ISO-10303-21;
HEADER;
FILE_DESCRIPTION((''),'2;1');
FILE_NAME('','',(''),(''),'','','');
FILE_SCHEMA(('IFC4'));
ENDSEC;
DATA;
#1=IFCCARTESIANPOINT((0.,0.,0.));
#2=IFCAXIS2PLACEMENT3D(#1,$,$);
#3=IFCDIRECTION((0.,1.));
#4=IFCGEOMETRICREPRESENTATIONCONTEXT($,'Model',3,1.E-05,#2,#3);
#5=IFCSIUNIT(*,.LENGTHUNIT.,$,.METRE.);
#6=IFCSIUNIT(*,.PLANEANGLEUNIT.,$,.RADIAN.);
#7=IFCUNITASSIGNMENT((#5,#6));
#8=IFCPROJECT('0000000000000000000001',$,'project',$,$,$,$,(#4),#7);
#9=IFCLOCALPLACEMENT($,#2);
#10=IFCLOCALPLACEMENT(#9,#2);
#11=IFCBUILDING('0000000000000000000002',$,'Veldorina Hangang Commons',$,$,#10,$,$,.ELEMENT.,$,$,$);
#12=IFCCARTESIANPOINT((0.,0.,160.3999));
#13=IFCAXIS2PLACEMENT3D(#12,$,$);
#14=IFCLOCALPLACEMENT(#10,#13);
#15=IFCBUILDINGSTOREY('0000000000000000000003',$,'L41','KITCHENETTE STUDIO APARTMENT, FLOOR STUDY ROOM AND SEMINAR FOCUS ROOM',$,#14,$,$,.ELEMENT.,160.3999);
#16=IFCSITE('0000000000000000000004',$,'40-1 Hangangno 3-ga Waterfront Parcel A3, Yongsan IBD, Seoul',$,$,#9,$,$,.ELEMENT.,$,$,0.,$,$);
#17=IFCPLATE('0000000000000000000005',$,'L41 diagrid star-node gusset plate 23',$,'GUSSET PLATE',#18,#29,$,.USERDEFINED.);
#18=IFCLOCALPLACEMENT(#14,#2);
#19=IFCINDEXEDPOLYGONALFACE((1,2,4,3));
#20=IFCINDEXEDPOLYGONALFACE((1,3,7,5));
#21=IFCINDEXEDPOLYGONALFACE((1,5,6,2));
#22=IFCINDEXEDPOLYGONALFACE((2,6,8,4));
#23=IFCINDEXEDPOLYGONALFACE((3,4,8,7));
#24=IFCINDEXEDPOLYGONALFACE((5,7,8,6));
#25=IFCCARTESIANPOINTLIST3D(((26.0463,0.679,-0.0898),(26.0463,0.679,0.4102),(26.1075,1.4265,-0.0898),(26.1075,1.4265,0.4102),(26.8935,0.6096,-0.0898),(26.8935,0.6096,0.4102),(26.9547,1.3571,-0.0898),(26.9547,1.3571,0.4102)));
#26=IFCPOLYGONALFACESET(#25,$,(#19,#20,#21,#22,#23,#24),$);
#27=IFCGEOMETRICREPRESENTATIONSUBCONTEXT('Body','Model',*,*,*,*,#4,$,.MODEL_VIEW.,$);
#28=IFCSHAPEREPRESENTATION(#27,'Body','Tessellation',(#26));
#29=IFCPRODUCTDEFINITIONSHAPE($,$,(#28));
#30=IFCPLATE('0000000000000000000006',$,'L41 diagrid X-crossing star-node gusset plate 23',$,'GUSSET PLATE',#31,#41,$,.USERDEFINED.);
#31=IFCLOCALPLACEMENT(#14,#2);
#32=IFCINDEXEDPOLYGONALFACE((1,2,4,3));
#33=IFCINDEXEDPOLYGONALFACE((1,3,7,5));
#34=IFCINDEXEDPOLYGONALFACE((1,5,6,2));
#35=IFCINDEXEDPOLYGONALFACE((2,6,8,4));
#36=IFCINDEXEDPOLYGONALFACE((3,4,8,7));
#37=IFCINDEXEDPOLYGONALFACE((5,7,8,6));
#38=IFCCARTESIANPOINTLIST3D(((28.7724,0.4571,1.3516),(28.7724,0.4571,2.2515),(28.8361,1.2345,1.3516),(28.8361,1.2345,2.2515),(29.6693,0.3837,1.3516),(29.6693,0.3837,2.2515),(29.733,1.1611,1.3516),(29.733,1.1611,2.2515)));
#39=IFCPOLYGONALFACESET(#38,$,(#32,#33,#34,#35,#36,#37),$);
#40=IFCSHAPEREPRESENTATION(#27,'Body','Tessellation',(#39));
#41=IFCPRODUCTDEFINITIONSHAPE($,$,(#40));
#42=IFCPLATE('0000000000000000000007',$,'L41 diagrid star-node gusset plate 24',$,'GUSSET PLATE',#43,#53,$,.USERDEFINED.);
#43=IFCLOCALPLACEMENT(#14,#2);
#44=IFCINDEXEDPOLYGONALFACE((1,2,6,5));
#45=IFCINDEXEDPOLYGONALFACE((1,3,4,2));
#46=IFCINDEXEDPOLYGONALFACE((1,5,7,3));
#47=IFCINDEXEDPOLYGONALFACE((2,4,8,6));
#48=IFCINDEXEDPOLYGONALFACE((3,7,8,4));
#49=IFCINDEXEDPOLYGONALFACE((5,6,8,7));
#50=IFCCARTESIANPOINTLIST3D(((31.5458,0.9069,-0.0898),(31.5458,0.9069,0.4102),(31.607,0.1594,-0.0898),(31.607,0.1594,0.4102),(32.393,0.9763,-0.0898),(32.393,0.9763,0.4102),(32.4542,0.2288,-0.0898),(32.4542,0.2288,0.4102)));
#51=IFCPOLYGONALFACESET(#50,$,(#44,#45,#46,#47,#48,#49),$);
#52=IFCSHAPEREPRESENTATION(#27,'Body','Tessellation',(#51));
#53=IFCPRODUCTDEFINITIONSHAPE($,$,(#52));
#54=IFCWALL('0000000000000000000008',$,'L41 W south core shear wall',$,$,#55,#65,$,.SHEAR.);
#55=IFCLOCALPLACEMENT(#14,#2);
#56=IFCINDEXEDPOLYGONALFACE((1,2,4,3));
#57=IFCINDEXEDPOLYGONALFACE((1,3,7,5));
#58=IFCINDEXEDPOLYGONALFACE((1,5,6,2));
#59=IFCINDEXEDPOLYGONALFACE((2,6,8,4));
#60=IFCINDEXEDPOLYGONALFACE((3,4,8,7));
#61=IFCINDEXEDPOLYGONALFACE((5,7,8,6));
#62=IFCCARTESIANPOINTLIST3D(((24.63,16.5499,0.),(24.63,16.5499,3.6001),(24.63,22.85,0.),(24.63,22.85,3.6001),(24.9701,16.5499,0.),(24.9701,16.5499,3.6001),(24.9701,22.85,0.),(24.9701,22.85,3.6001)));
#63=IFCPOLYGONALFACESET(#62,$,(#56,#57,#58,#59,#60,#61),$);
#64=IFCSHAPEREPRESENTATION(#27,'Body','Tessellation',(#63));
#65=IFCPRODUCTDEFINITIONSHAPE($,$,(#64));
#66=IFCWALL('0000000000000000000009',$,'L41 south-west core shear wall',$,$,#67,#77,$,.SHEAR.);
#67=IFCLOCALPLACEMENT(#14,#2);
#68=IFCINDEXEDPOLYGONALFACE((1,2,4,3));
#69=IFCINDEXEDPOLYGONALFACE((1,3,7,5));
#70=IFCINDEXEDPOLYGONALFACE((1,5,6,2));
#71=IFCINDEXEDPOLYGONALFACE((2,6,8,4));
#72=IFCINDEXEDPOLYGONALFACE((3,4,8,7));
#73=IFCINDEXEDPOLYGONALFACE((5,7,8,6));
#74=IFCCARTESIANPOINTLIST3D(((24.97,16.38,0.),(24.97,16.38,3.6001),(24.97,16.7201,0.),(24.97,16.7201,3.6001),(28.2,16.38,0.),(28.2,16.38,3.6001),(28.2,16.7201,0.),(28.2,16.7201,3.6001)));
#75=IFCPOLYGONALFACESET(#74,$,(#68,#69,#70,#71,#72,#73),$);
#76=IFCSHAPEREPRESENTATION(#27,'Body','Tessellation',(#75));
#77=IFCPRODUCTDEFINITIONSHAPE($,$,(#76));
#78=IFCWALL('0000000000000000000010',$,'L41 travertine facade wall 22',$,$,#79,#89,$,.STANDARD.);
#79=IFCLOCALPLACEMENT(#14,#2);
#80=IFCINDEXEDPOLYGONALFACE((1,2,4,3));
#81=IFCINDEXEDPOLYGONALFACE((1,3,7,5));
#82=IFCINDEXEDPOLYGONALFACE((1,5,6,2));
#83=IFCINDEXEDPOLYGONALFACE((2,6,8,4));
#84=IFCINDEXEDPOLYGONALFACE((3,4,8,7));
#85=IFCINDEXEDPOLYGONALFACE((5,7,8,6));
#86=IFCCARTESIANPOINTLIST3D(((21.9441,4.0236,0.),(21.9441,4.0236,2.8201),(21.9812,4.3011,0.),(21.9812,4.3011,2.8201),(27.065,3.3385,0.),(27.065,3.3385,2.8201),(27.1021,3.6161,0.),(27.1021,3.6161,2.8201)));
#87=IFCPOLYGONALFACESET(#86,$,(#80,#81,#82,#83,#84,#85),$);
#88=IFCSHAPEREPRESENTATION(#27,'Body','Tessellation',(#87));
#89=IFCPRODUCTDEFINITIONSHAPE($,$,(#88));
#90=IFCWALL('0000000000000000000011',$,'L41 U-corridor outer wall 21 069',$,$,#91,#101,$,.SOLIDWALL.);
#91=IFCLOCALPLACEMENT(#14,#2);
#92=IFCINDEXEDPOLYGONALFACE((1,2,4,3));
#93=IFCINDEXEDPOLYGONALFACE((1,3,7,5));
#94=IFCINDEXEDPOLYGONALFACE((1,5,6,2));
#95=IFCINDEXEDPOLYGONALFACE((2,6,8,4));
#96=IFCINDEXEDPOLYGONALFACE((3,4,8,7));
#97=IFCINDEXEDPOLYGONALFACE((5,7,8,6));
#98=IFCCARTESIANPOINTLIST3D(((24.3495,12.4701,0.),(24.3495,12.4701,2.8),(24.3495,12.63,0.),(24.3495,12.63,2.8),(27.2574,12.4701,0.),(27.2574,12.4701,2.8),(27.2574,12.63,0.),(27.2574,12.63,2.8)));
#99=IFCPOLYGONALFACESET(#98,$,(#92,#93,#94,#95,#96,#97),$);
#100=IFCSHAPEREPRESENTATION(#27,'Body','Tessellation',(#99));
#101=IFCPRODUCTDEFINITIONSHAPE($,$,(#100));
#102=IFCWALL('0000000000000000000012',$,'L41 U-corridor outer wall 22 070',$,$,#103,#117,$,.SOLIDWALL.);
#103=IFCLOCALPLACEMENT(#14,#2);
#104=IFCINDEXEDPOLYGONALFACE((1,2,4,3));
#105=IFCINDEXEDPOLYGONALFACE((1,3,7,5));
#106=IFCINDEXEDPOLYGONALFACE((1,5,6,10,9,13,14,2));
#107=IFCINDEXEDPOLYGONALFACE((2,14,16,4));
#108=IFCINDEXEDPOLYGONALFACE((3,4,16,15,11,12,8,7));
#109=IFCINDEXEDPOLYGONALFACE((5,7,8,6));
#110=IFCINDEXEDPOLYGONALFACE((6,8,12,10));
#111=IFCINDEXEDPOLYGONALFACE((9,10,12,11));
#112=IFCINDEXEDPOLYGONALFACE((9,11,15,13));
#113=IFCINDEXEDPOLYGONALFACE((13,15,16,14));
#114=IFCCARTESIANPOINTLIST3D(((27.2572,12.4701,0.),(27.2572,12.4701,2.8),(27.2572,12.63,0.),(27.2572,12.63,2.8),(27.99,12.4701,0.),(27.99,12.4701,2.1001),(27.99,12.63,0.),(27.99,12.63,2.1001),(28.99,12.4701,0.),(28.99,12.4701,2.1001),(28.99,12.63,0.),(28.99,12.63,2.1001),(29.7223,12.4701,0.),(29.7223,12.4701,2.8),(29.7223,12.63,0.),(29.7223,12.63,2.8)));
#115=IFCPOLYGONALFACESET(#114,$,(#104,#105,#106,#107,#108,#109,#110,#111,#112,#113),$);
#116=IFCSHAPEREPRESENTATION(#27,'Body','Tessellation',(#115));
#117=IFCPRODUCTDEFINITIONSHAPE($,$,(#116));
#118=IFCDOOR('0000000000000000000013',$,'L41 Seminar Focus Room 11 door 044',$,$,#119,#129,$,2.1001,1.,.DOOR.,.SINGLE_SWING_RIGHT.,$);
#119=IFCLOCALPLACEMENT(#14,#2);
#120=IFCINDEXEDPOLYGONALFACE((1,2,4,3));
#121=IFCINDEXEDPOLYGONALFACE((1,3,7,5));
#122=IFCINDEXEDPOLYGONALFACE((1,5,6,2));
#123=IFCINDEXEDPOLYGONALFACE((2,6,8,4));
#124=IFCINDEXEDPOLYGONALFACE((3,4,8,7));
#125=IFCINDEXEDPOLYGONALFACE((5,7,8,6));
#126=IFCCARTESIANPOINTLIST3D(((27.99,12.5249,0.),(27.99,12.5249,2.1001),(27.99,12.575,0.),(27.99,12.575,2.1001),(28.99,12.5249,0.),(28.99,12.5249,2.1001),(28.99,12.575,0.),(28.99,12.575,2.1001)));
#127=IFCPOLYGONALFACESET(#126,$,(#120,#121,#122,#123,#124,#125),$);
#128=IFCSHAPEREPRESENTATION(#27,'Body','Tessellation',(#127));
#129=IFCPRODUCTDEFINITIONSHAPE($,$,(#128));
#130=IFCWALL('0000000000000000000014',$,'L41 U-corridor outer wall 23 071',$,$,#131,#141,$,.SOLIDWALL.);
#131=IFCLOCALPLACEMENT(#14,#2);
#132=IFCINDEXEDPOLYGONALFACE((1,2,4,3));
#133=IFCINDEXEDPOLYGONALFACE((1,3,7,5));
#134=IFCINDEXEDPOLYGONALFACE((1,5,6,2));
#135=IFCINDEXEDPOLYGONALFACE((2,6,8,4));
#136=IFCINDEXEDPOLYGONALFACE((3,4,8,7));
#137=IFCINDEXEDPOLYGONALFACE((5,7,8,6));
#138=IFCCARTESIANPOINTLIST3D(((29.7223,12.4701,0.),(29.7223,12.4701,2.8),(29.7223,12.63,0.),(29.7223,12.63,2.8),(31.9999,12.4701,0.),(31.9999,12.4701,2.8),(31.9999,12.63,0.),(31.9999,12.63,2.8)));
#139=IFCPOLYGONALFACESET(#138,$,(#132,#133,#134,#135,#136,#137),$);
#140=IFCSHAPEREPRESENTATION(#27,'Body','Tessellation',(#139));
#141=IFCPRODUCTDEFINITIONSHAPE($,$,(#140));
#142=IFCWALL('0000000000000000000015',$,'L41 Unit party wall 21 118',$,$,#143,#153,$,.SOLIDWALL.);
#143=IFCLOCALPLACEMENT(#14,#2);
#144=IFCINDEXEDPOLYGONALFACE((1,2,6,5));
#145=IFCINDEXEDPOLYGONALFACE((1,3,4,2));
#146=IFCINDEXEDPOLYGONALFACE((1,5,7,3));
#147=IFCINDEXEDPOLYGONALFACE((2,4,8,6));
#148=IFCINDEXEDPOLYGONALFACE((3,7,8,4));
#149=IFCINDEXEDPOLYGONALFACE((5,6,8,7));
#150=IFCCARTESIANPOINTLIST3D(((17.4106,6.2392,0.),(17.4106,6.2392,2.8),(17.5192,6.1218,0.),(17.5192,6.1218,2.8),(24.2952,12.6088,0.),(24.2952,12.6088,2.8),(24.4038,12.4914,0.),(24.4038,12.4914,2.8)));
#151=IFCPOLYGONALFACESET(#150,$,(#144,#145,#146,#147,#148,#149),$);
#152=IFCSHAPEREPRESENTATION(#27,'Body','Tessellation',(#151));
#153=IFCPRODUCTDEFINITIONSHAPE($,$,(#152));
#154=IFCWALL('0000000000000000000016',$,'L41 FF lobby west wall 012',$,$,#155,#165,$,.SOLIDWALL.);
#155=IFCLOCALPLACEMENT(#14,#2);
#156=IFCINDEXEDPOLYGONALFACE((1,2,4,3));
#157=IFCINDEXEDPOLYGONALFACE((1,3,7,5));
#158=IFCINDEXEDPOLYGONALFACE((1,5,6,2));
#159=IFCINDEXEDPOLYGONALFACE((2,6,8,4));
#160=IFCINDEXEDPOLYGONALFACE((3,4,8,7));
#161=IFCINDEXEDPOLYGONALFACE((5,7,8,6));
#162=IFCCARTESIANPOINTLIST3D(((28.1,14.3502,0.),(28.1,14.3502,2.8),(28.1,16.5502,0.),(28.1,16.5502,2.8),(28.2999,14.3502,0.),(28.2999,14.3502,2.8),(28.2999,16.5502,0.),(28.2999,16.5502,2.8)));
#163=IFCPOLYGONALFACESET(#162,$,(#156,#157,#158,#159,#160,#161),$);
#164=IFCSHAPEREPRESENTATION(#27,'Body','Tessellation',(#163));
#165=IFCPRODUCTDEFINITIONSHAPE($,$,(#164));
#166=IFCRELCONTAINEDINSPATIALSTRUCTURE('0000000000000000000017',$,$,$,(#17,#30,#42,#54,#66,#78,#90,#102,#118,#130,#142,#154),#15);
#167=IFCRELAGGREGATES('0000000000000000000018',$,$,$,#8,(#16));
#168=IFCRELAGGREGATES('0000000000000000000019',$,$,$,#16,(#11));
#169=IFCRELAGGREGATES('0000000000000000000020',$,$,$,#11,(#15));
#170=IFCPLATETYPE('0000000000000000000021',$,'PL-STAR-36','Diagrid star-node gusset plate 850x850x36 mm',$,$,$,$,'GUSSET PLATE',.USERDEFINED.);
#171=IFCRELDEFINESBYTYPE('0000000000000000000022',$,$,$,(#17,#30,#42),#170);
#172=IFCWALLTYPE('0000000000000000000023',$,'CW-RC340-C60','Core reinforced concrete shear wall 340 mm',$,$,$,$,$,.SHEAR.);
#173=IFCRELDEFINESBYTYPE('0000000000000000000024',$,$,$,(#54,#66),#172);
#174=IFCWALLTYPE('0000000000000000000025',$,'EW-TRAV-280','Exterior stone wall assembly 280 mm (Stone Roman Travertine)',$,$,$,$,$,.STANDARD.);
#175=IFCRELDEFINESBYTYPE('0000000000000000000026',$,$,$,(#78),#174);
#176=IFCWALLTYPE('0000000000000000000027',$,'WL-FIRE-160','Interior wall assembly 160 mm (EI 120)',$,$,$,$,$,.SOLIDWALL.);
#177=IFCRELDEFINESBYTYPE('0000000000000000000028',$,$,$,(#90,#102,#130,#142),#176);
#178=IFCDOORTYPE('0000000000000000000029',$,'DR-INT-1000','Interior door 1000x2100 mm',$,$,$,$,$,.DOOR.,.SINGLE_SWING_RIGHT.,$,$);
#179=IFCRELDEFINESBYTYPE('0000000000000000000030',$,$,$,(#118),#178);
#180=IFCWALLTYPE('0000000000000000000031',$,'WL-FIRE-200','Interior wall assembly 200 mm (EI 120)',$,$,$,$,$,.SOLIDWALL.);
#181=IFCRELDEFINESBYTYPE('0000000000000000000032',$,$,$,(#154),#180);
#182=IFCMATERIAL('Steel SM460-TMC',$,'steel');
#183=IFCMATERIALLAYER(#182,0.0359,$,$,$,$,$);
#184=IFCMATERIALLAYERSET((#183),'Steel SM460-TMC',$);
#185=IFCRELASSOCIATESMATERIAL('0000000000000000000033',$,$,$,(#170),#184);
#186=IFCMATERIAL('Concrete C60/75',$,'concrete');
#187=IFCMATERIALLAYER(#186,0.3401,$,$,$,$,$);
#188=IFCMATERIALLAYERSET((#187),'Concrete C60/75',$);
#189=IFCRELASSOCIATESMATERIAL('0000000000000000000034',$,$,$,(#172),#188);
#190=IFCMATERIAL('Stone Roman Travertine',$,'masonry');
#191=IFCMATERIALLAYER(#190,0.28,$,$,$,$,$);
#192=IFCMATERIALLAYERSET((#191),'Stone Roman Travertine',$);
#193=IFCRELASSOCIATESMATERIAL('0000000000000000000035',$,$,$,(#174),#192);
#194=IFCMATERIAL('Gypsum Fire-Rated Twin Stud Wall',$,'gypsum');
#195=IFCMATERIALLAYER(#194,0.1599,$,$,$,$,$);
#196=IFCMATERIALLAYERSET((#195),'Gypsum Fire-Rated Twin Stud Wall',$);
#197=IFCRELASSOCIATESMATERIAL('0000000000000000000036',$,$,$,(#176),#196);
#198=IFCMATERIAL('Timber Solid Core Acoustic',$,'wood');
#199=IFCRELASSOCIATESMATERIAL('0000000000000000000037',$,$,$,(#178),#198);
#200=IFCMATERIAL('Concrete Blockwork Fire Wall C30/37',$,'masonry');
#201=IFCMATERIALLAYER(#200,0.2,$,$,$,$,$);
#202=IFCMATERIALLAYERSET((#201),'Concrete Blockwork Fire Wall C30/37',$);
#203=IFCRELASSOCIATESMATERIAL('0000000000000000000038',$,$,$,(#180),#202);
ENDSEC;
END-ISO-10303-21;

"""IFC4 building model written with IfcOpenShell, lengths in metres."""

from ifc_helpers import new_model, si_unit, direction, frame, frame_2d, origin, origin_2d, place, context, subcontext, project, spatial, rectangle, extrude, material, layer, layer_set, type_object, element, fill, save


model = new_model("IFC4")

# Units and contexts
model_context = context("Model", 3, precision=1e-05, world=origin(), true_north=direction((0.0, 1.0)))
body_context = subcontext(model_context, "Body", "Model", "MODEL_VIEW")
ifc_project = project(units=[si_unit("LENGTHUNIT", "METRE"), si_unit("PLANEANGLEUNIT", "RADIAN")], contexts=[model_context])

# Site, building, storey
site_placement = place(None, origin())
site = spatial("IfcSite", under=ifc_project, at=site_placement, Name="40-1 Hangangno 3-ga Waterfront Parcel A3, Yongsan IBD, Seoul", CompositionType="ELEMENT", RefElevation=0.0)
building_placement = place(site_placement, origin())
building = spatial("IfcBuilding", under=site, at=building_placement, Name="Veldorina Hangang Commons", CompositionType="ELEMENT")
storey_placement = place(building_placement, frame((0.0, 0.0, 160.3999)))
storey = spatial("IfcBuildingStorey", under=building, at=storey_placement, Name="L41", Description="KITCHENETTE STUDIO APARTMENT, FLOOR STUDY ROOM AND SEMINAR FOCUS ROOM", CompositionType="ELEMENT", Elevation=160.3999)

# Plates
ifc_material_1 = material(Name="Steel SM460-TMC", Category="steel")
ifc_layer_1 = layer(ifc_material_1, 0.0359)
ifc_layer_set_1 = layer_set([ifc_layer_1], Name="Steel SM460-TMC")
plate_type_1 = type_object("IfcPlateType", Name="PL-STAR-36", Description="Diagrid star-node gusset plate 850x850x36 mm", ElementType="GUSSET PLATE", PredefinedType="USERDEFINED", material=ifc_layer_set_1)
plate_1_placement = place(storey_placement, frame((26.5005, 1.0181, -0.0898), z_axis=(0.0, 0.0, 1.0), x_axis=(0.996666, -0.081591, 0.0)))
element("IfcPlate", 1, at=plate_1_placement, inside=storey, type_object=plate_type_1, Name="L41 diagrid star-node gusset plate 23", ObjectType="GUSSET PLATE", PredefinedType="USERDEFINED", context=body_context, shape_type="SweptSolid", body=[
    extrude(rectangle(XDim=0.8501, YDim=0.75, at=origin_2d()), origin(), (0.0, 0.0, 1.0), 0.5),
])
plate_2_placement = place(storey_placement, frame((29.2527, 0.8091, 1.3516), z_axis=(0.0, 0.0, 1.0), x_axis=(0.996666, -0.081591, 0.0)))
element("IfcPlate", 2, at=plate_2_placement, inside=storey, type_object=plate_type_1, Name="L41 diagrid X-crossing star-node gusset plate 23", ObjectType="GUSSET PLATE", PredefinedType="USERDEFINED", context=body_context, shape_type="SweptSolid", body=[
    extrude(rectangle(XDim=0.8999, YDim=0.78, at=origin_2d()), origin(), (0.0, 0.0, 1.0), 0.8999),
])
plate_3_placement = place(storey_placement, frame((32.0, 0.5679, -0.0898), z_axis=(0.0, 0.0, 1.0), x_axis=(0.996666, 0.081591, 0.0)))
element("IfcPlate", 3, at=plate_3_placement, inside=storey, type_object=plate_type_1, Name="L41 diagrid star-node gusset plate 24", ObjectType="GUSSET PLATE", PredefinedType="USERDEFINED", context=body_context, shape_type="SweptSolid", body=[
    extrude(rectangle(XDim=0.8501, YDim=0.75, at=origin_2d()), origin(), (0.0, 0.0, 1.0), 0.5),
])

# Walls
ifc_material_2 = material(Name="Concrete C60/75", Category="concrete")
ifc_layer_2 = layer(ifc_material_2, 0.3401)
ifc_layer_set_2 = layer_set([ifc_layer_2], Name="Concrete C60/75")
wall_type_1 = type_object("IfcWallType", Name="CW-RC340-C60", Description="Core reinforced concrete shear wall 340 mm", PredefinedType="SHEAR", material=ifc_layer_set_2)
wall_1_placement = place(storey_placement, frame((24.8, 16.55, 0.0), z_axis=(0.0, 0.0, 1.0), x_axis=(0.0, 1.0, 0.0)))
element("IfcWall", 4, at=wall_1_placement, inside=storey, type_object=wall_type_1, Name="L41 W south core shear wall", PredefinedType="SHEAR", context=body_context, shape_type="SweptSolid", body=[
    extrude(rectangle(XDim=6.3, YDim=0.3401, at=frame_2d((3.1499, 0.0))), origin(), (0.0, 0.0, 1.0), 3.6001),
])
wall_2_placement = place(storey_placement, frame((24.97, 16.55, 0.0), z_axis=(0.0, 0.0, 1.0), x_axis=(1.0, 0.0, 0.0)))
element("IfcWall", 5, at=wall_2_placement, inside=storey, type_object=wall_type_1, Name="L41 south-west core shear wall", PredefinedType="SHEAR", context=body_context, shape_type="SweptSolid", body=[
    extrude(rectangle(XDim=3.23, YDim=0.3401, at=frame_2d((1.615, 0.0))), origin(), (0.0, 0.0, 1.0), 3.6001),
])
ifc_material_3 = material(Name="Stone Roman Travertine", Category="masonry")
ifc_layer_3 = layer(ifc_material_3, 0.28)
ifc_layer_set_3 = layer_set([ifc_layer_3], Name="Stone Roman Travertine")
wall_type_2 = type_object("IfcWallType", Name="EW-TRAV-280", Description="Exterior stone wall assembly 280 mm (Stone Roman Travertine)", PredefinedType="STANDARD", material=ifc_layer_set_3)
wall_3_placement = place(storey_placement, frame((21.9626, 4.1624, 0.0), z_axis=(0.0, 0.0, 1.0), x_axis=(0.99117, -0.132597, 0.0)))
element("IfcWall", 6, at=wall_3_placement, inside=storey, type_object=wall_type_2, Name="L41 travertine facade wall 22", PredefinedType="STANDARD", context=body_context, shape_type="SweptSolid", body=[
    extrude(rectangle(XDim=5.1665, YDim=0.28, at=frame_2d((2.5833, 0.0))), origin(), (0.0, 0.0, 1.0), 2.8201),
])
ifc_material_4 = material(Name="Gypsum Fire-Rated Twin Stud Wall", Category="gypsum")
ifc_layer_4 = layer(ifc_material_4, 0.1599)
ifc_layer_set_4 = layer_set([ifc_layer_4], Name="Gypsum Fire-Rated Twin Stud Wall")
wall_type_3 = type_object("IfcWallType", Name="WL-FIRE-160", Description="Interior wall assembly 160 mm (EI 120)", PredefinedType="SOLIDWALL", material=ifc_layer_set_4)
wall_4_placement = place(storey_placement, frame((24.3494, 12.55, 0.0), z_axis=(0.0, 0.0, 1.0), x_axis=(1.0, 0.0, 0.0)))
element("IfcWall", 7, at=wall_4_placement, inside=storey, type_object=wall_type_3, Name="L41 U-corridor outer wall 21 069", PredefinedType="SOLIDWALL", context=body_context, shape_type="SweptSolid", body=[
    extrude(rectangle(XDim=2.908, YDim=0.1599, at=frame_2d((1.4541, 0.0))), origin(), (0.0, 0.0, 1.0), 2.8),
])

# Wall, opening, door
wall_5_placement = place(storey_placement, frame((27.2573, 12.55, 0.0), z_axis=(0.0, 0.0, 1.0), x_axis=(1.0, 0.0, 0.0)))
wall_5 = element("IfcWall", 8, at=wall_5_placement, inside=storey, type_object=wall_type_3, Name="L41 U-corridor outer wall 22 070", PredefinedType="SOLIDWALL", context=body_context, shape_type="SweptSolid", body=[
    extrude(rectangle(XDim=2.4651, YDim=0.1599, at=frame_2d((1.2324, 0.0))), origin(), (0.0, 0.0, 1.0), 2.8),
])
opening_1_placement = place(wall_5_placement, frame((0.7327, 0.0, 0.0)))
opening_1 = element("IfcOpeningElement", 9, at=opening_1_placement, cuts=wall_5, PredefinedType="OPENING", context=body_context, shape_type="SweptSolid", body=[
    extrude(rectangle(XDim=1.0, YDim=2.1001, at=frame_2d((0.5, 1.05))), frame((0.0, 0.0898, 0.0), z_axis=(0.0, -1.0, 0.0), x_axis=(1.0, 0.0, 0.0)), (0.0, 0.0, 1.0), 0.1799),
])
ifc_material_5 = material(Name="Timber Solid Core Acoustic", Category="wood")
door_type_1 = type_object("IfcDoorType", Name="DR-INT-1000", Description="Interior door 1000x2100 mm", OperationType="SINGLE_SWING_RIGHT", PredefinedType="DOOR", material=ifc_material_5)
door_1_placement = place(opening_1_placement, origin())
door_1 = element("IfcDoor", 10, at=door_1_placement, inside=storey, type_object=door_type_1, Name="L41 Seminar Focus Room 11 door 044", OperationType="SINGLE_SWING_RIGHT", OverallHeight=2.1001, OverallWidth=1.0, PredefinedType="DOOR", context=body_context, shape_type="SweptSolid", body=[
    extrude(rectangle(XDim=1.0, YDim=2.1001, at=frame_2d((0.5, 1.05))), frame((0.0, 0.0249, 0.0), z_axis=(0.0, -1.0, 0.0), x_axis=(1.0, 0.0, 0.0)), (0.0, 0.0, 1.0), 0.05),
])
fill(opening_1, door_1)

# Walls
wall_6_placement = place(storey_placement, frame((29.7224, 12.55, 0.0), z_axis=(0.0, 0.0, 1.0), x_axis=(1.0, 0.0, 0.0)))
element("IfcWall", 11, at=wall_6_placement, inside=storey, type_object=wall_type_3, Name="L41 U-corridor outer wall 23 071", PredefinedType="SOLIDWALL", context=body_context, shape_type="SweptSolid", body=[
    extrude(rectangle(XDim=2.2776, YDim=0.1599, at=frame_2d((1.1387, 0.0))), origin(), (0.0, 0.0, 1.0), 2.8),
])
wall_7_placement = place(storey_placement, frame((24.3494, 12.55, 0.0), z_axis=(0.0, 0.0, 1.0), x_axis=(-0.734023, -0.679125, 0.0)))
element("IfcWall", 12, at=wall_7_placement, inside=storey, type_object=wall_type_3, Name="L41 Unit party wall 21 118", PredefinedType="SOLIDWALL", context=body_context, shape_type="SweptSolid", body=[
    extrude(rectangle(XDim=9.3792, YDim=0.1599, at=frame_2d((4.6895, 0.0))), origin(), (0.0, 0.0, 1.0), 2.8),
])
ifc_material_6 = material(Name="Concrete Blockwork Fire Wall C30/37", Category="masonry")
ifc_layer_5 = layer(ifc_material_6, 0.2)
ifc_layer_set_5 = layer_set([ifc_layer_5], Name="Concrete Blockwork Fire Wall C30/37")
wall_type_4 = type_object("IfcWallType", Name="WL-FIRE-200", Description="Interior wall assembly 200 mm (EI 120)", PredefinedType="SOLIDWALL", material=ifc_layer_set_5)
wall_8_placement = place(storey_placement, frame((28.2, 14.3501, 0.0), z_axis=(0.0, 0.0, 1.0), x_axis=(0.0, 1.0, 0.0)))
element("IfcWall", 13, at=wall_8_placement, inside=storey, type_object=wall_type_4, Name="L41 FF lobby west wall 012", PredefinedType="SOLIDWALL", context=body_context, shape_type="SweptSolid", body=[
    extrude(rectangle(XDim=2.2, YDim=0.2, at=frame_2d((1.1001, 0.0))), origin(), (0.0, 0.0, 1.0), 2.8),
])

save(model, "model.ifc")
